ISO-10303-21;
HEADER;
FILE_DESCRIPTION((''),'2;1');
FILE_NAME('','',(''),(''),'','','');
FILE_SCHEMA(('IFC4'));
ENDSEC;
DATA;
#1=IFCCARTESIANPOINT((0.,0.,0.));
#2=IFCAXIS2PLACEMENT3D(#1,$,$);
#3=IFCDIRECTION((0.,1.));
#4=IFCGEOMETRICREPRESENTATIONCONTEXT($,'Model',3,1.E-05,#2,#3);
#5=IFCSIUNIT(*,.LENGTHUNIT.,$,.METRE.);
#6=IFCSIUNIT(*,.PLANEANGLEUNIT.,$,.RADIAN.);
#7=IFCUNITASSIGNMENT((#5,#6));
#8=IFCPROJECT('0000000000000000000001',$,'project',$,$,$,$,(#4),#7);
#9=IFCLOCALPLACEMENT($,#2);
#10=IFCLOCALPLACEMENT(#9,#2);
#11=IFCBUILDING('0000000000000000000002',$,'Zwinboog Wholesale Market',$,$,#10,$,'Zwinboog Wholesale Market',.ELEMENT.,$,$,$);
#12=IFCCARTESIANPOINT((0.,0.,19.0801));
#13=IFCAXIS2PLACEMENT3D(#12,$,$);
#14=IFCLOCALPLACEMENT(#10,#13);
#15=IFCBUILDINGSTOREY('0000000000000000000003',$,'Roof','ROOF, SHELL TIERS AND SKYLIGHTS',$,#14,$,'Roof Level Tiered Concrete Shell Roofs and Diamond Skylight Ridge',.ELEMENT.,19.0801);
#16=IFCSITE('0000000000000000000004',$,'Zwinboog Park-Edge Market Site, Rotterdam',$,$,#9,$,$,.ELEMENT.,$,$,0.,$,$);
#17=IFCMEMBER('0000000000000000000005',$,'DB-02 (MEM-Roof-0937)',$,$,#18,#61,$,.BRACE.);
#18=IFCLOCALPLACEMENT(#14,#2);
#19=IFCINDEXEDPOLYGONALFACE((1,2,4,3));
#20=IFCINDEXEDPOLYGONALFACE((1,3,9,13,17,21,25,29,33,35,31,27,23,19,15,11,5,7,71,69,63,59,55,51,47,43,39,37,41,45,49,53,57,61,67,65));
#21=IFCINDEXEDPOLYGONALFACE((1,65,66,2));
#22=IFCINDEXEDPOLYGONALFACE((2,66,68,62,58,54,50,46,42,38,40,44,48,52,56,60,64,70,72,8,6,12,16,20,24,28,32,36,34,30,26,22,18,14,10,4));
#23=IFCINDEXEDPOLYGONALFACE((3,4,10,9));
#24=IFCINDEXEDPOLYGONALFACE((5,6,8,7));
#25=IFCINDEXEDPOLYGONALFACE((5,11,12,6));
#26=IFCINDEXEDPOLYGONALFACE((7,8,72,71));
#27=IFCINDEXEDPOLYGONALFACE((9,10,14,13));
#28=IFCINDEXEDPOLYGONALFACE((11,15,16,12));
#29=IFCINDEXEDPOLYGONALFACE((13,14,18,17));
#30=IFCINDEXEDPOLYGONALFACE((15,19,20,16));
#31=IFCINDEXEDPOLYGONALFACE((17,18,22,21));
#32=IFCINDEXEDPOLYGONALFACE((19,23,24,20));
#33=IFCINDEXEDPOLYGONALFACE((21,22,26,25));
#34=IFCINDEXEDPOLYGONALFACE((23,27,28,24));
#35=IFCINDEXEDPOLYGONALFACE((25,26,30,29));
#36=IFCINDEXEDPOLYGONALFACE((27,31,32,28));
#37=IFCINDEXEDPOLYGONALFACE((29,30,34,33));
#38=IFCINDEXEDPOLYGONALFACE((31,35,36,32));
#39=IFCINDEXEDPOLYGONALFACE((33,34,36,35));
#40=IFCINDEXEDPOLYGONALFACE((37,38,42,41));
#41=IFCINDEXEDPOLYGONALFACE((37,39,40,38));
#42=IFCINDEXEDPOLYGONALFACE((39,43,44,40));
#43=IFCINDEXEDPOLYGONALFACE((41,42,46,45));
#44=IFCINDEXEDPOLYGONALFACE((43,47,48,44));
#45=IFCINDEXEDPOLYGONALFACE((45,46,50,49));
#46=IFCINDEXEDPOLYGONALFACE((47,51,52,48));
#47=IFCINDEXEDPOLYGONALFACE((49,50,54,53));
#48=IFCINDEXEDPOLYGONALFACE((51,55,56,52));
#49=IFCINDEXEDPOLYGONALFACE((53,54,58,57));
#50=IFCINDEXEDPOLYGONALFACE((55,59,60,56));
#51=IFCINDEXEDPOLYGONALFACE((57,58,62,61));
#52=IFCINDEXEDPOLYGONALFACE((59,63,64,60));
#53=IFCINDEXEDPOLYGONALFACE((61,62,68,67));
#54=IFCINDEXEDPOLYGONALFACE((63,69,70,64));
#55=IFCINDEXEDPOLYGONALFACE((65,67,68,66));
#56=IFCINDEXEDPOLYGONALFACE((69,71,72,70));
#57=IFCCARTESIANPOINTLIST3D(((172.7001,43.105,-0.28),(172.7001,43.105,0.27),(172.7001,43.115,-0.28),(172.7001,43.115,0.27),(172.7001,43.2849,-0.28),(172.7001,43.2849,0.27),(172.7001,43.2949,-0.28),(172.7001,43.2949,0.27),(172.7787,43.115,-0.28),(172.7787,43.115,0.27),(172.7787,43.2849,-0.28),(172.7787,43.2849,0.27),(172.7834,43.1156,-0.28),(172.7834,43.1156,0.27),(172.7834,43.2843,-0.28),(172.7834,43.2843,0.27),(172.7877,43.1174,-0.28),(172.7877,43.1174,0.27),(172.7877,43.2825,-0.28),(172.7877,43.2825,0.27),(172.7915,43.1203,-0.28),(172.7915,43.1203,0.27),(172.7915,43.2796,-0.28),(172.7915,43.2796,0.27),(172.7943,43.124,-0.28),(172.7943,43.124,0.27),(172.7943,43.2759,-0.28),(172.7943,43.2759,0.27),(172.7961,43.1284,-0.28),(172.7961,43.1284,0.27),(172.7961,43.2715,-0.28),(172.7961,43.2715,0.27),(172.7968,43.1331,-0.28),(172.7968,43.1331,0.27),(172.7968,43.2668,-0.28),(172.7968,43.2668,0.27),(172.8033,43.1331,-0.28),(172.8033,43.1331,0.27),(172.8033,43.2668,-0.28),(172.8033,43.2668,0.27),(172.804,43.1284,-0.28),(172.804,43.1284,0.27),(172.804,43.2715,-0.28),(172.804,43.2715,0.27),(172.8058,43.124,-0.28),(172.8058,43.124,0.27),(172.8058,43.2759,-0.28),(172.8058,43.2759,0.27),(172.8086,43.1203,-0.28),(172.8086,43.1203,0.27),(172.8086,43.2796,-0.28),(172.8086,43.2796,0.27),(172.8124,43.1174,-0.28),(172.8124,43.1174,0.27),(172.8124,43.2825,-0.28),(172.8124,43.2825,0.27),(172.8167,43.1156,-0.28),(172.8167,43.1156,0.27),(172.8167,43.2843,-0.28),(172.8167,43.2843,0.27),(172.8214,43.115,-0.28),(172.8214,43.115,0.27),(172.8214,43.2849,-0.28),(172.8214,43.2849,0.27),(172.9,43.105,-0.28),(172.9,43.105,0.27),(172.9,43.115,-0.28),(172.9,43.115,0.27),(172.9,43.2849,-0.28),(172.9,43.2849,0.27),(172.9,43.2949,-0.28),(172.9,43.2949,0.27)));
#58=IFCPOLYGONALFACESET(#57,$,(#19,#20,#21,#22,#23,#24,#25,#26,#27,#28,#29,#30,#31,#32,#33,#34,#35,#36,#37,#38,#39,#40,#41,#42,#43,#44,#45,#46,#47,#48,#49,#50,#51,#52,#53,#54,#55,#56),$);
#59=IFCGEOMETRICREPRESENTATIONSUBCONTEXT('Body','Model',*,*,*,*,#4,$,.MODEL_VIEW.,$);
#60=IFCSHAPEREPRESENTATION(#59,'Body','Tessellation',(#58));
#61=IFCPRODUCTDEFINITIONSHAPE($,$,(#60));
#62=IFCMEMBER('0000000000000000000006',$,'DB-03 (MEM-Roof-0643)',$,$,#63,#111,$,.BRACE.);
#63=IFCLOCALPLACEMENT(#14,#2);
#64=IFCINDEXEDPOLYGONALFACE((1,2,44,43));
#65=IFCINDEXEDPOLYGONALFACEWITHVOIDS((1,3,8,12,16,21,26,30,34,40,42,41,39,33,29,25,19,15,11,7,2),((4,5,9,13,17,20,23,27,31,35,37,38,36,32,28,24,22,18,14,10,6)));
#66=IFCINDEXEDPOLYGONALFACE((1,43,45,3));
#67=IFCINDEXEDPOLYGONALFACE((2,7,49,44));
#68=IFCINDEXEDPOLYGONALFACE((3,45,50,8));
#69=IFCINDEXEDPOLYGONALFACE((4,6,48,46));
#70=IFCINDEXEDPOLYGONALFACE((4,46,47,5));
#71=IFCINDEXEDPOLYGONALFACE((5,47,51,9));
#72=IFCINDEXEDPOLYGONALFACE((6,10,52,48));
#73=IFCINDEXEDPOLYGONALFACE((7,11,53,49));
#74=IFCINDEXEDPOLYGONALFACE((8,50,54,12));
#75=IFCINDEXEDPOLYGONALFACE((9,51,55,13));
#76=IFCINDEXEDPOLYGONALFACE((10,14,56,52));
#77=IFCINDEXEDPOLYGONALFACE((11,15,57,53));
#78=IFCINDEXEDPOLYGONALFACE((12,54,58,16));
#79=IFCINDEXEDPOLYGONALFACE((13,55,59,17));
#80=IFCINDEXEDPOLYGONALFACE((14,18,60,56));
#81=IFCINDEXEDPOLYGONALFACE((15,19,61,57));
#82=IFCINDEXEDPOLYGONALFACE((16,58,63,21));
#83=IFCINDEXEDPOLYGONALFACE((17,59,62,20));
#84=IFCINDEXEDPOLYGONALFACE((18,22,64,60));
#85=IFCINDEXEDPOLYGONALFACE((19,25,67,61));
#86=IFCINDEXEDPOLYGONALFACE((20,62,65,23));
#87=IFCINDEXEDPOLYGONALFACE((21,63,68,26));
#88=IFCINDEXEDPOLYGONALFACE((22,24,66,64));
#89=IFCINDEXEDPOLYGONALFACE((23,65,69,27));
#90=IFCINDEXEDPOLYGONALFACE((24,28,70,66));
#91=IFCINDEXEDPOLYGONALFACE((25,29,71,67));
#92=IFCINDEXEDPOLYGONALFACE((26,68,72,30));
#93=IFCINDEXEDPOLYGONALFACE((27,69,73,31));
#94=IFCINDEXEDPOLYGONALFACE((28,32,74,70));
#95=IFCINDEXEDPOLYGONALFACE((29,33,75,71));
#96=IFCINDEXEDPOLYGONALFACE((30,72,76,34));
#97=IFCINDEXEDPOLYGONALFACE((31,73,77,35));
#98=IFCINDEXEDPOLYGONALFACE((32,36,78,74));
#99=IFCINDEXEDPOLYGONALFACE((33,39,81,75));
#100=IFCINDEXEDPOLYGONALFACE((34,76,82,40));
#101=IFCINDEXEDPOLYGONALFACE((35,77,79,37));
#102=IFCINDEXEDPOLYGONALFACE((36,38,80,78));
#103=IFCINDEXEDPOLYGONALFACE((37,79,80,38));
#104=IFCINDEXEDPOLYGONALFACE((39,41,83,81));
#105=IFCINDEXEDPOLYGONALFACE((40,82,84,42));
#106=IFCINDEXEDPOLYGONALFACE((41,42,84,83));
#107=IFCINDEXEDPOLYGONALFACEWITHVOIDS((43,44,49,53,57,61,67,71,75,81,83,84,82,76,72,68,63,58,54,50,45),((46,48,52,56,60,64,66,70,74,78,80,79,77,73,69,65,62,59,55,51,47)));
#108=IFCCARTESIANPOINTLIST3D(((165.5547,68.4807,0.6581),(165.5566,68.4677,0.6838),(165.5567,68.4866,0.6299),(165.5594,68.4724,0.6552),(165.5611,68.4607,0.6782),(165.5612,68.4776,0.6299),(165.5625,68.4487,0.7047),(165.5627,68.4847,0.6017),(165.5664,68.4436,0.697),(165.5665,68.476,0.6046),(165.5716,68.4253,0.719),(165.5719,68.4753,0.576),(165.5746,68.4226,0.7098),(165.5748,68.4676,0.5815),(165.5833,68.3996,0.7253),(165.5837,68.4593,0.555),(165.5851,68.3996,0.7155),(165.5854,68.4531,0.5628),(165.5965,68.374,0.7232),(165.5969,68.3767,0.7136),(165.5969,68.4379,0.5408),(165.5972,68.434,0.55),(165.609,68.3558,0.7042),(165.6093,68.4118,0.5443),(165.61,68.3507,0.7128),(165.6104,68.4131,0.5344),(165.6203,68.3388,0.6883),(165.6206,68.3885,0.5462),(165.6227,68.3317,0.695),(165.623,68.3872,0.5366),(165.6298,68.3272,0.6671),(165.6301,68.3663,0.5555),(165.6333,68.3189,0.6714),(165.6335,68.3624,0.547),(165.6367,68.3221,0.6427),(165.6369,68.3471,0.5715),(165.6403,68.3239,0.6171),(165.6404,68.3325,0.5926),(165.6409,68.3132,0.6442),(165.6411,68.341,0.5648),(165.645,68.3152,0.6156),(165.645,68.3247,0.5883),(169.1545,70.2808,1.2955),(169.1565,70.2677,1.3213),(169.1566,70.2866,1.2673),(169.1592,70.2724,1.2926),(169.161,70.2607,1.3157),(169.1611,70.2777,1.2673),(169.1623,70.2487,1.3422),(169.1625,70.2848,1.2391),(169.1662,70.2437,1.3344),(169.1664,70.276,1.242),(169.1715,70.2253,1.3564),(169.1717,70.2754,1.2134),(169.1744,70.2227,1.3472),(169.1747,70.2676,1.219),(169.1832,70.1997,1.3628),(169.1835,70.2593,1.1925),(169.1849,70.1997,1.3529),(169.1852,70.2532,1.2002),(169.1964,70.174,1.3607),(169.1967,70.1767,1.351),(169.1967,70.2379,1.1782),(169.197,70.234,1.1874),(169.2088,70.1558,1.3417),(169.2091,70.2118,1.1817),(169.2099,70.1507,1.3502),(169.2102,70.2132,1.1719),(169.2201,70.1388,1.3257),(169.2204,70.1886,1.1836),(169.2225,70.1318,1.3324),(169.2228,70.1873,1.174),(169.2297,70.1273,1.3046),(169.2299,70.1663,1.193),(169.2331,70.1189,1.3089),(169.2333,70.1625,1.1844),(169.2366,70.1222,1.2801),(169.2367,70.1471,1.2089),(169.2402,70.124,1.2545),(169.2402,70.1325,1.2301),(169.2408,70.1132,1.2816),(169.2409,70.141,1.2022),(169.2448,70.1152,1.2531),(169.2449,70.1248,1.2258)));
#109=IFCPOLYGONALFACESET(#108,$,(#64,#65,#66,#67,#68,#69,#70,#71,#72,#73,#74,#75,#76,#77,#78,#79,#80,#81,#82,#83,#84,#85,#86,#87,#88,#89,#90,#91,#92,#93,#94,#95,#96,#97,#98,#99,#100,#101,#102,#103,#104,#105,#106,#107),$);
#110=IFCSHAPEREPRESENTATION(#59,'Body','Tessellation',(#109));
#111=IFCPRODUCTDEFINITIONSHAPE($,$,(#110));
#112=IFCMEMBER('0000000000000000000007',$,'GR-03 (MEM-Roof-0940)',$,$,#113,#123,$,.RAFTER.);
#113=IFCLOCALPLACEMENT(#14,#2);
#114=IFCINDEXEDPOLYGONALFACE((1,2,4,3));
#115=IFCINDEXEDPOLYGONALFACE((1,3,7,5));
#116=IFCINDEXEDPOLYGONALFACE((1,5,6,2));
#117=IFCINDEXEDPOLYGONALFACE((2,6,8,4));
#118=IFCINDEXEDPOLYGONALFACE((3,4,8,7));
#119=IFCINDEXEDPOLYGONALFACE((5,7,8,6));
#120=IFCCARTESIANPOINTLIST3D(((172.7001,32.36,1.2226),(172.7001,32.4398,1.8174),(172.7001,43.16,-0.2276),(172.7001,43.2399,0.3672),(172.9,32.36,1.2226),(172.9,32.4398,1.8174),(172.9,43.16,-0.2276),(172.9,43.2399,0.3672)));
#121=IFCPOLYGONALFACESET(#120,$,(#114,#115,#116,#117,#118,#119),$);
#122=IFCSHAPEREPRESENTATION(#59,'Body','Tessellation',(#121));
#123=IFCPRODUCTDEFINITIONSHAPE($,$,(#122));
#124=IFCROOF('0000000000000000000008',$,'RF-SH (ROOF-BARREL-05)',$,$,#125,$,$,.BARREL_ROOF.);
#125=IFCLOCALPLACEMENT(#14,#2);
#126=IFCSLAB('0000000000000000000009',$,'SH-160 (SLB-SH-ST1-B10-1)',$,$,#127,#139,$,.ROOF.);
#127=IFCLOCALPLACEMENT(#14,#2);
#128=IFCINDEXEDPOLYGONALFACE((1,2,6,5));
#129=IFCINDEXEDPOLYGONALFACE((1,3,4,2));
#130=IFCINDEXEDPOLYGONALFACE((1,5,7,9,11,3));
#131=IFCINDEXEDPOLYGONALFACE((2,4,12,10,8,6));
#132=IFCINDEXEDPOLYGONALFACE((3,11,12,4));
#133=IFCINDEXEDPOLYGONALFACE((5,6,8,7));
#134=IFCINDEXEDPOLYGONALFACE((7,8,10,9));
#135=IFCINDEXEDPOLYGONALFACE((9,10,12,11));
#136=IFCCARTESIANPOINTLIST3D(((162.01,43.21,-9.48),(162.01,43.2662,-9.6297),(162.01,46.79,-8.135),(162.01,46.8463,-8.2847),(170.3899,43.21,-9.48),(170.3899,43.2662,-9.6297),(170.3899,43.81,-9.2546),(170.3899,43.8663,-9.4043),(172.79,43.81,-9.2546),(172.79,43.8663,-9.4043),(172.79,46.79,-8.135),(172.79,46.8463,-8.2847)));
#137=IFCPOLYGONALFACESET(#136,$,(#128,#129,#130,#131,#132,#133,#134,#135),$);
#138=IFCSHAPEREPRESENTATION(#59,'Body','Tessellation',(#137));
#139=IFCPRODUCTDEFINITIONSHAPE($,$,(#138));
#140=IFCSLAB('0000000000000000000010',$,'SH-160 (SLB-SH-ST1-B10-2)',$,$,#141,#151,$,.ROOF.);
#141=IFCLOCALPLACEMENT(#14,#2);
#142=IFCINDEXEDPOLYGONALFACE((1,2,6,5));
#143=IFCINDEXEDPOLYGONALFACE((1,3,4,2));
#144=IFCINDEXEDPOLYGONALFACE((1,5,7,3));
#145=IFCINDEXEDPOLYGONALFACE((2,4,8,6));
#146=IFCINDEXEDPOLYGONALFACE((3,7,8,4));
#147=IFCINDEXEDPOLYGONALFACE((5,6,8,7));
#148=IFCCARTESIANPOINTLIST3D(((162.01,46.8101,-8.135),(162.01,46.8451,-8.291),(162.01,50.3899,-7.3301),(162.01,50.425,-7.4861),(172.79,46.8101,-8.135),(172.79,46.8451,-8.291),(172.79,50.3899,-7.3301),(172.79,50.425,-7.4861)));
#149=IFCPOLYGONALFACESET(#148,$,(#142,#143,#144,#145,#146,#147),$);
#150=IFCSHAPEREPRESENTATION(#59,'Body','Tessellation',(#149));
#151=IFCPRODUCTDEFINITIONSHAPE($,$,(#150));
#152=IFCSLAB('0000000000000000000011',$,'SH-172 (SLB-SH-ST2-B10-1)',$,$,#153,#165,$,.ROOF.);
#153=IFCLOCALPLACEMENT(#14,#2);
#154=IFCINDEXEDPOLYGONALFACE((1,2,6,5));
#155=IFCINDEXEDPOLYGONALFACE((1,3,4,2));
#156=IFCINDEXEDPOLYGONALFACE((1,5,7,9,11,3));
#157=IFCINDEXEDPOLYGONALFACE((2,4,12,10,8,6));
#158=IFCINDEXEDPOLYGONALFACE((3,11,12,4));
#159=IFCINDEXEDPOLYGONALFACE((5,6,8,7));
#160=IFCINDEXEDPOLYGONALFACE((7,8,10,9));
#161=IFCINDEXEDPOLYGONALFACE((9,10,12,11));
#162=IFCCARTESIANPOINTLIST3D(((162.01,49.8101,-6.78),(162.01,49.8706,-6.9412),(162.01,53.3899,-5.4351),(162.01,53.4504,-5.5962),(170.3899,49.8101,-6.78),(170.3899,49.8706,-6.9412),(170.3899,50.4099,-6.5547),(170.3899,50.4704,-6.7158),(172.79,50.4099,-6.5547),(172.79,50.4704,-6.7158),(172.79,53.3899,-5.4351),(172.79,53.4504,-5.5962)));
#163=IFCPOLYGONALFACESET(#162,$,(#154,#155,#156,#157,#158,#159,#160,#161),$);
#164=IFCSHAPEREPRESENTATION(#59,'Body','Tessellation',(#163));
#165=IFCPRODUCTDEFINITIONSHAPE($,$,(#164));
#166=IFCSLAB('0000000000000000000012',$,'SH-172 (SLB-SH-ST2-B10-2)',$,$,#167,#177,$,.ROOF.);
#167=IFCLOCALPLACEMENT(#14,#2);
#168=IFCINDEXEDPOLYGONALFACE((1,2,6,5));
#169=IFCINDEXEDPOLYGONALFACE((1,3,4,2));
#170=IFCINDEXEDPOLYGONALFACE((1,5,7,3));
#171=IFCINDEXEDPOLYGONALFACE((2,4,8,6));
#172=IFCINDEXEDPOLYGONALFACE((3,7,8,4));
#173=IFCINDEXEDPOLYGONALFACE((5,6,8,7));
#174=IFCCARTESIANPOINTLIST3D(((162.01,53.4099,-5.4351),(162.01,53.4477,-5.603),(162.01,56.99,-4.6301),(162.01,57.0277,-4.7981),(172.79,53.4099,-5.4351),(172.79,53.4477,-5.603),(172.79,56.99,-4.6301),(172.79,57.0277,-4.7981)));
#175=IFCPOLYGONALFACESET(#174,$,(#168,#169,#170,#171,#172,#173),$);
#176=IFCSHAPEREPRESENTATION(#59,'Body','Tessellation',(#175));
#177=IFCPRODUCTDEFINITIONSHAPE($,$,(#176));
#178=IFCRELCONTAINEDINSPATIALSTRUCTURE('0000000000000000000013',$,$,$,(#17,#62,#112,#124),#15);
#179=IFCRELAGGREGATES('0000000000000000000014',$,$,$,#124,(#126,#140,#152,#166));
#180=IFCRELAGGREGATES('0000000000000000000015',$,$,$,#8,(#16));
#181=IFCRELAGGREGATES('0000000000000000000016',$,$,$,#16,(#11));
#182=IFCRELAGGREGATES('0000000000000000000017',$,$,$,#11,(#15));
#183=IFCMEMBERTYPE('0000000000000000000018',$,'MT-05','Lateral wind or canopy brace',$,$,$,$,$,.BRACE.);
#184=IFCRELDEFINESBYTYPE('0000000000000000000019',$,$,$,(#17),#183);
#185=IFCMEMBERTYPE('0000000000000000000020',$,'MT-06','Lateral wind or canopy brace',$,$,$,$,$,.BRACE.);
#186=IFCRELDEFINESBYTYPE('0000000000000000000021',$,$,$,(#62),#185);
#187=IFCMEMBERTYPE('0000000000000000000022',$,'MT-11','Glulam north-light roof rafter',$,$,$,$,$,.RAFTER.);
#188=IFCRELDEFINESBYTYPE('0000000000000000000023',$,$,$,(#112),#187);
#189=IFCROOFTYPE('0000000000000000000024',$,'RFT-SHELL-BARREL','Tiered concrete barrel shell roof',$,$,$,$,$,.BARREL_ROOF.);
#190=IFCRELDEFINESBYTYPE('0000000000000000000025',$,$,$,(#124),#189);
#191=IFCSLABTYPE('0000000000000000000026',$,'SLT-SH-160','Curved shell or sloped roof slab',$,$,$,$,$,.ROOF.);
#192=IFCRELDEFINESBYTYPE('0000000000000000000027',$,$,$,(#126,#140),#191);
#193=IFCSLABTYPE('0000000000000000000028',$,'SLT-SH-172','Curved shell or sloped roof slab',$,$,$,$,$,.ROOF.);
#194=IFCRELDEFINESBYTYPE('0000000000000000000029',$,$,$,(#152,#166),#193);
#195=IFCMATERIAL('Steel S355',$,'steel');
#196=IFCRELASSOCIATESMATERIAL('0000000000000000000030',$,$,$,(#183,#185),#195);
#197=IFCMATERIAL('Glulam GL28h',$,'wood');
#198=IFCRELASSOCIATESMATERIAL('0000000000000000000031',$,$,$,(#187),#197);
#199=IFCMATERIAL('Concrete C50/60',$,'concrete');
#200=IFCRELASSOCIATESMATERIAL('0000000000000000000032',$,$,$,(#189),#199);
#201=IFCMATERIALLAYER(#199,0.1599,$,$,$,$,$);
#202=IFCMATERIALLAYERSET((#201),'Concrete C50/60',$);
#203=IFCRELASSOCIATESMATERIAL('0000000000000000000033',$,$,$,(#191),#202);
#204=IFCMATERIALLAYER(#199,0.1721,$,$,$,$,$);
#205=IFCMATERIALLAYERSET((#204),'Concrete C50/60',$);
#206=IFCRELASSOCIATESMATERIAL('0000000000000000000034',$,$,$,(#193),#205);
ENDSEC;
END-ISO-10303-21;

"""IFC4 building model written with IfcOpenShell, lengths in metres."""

from ifc_helpers import new_model, si_unit, direction, frame, origin, origin_2d, place, context, subcontext, project, spatial, polyline, rectangle, hollow_circle, i_section, outline, extrude, material, layer, layer_set, material_profile, profile_set, type_object, element, aggregate, save


model = new_model("IFC4")

# Units and contexts
model_context = context("Model", 3, precision=1e-05, world=origin(), true_north=direction((0.0, 1.0)))
body_context = subcontext(model_context, "Body", "Model", "MODEL_VIEW")
ifc_project = project(units=[si_unit("LENGTHUNIT", "METRE"), si_unit("PLANEANGLEUNIT", "RADIAN")], contexts=[model_context])

# Site, building, storey
site_placement = place(None, origin())
site = spatial("IfcSite", under=ifc_project, at=site_placement, Name="Zwinboog Park-Edge Market Site, Rotterdam", CompositionType="ELEMENT", RefElevation=0.0)
building_placement = place(site_placement, origin())
building = spatial("IfcBuilding", under=site, at=building_placement, Name="Zwinboog Wholesale Market", LongName="Zwinboog Wholesale Market", CompositionType="ELEMENT")
storey_placement = place(building_placement, frame((0.0, 0.0, 19.0801)))
storey = spatial("IfcBuildingStorey", under=building, at=storey_placement, Name="Roof", Description="ROOF, SHELL TIERS AND SKYLIGHTS", LongName="Roof Level Tiered Concrete Shell Roofs and Diamond Skylight Ridge", CompositionType="ELEMENT", Elevation=19.0801)

# Members
ifc_material_1 = material(Name="Steel S355", Category="steel")
ifc_material_profile_1 = material_profile(ifc_material_1, i_section(OverallWidth=0.2, OverallDepth=0.1899, WebThickness=0.0066, FlangeThickness=0.01, FilletRadius=0.0181, at=origin_2d()), Name="HEA 200")
ifc_profile_set_1 = profile_set([ifc_material_profile_1], Name="Steel S355")
member_type_1 = type_object("IfcMemberType", Name="MT-05", Description="Lateral wind or canopy brace", PredefinedType="BRACE", material=ifc_profile_set_1)
member_1_placement = place(storey_placement, frame((172.8, 43.2, -0.28), z_axis=(0.0, 0.0, 1.0), x_axis=(1.0, 0.0, 0.0)))
element("IfcMember", 1, at=member_1_placement, inside=storey, type_object=member_type_1, Name="DB-02 (MEM-Roof-0937)", PredefinedType="BRACE", context=body_context, shape_type="SweptSolid", body=[
    extrude(i_section(OverallWidth=0.2, OverallDepth=0.1899, WebThickness=0.0066, FlangeThickness=0.01, FilletRadius=0.0181, at=origin_2d()), origin(), (0.0, 0.0, 1.0), 0.55),
])
ifc_material_profile_2 = material_profile(ifc_material_1, hollow_circle(Radius=0.0969, WallThickness=0.01, at=origin_2d()), Name="CHS 193.7x10")
ifc_profile_set_2 = profile_set([ifc_material_profile_2], Name="Steel S355")
member_type_2 = type_object("IfcMemberType", Name="MT-06", Description="Lateral wind or canopy brace", PredefinedType="BRACE", material=ifc_profile_set_2)
member_2_placement = place(storey_placement, frame((165.6001, 68.3999, 0.6299), z_axis=(0.883404, 0.441732, 0.15643), x_axis=(-0.447238, 0.894415, 0.0)))
element("IfcMember", 2, at=member_2_placement, inside=storey, type_object=member_type_2, Name="DB-03 (MEM-Roof-0643)", PredefinedType="BRACE", context=body_context, shape_type="SweptSolid", body=[
    extrude(hollow_circle(Radius=0.0969, WallThickness=0.01, at=origin_2d()), origin(), (0.0, 0.0, 1.0), 4.075),
])
ifc_material_2 = material(Name="Glulam GL28h", Category="wood")
ifc_material_profile_3 = material_profile(ifc_material_2, rectangle(XDim=0.2, YDim=0.6001, at=origin_2d()), Name="GL28h 200x600")
ifc_profile_set_3 = profile_set([ifc_material_profile_3], Name="Glulam GL28h")
member_type_3 = type_object("IfcMemberType", Name="MT-11", Description="Glulam north-light roof rafter", PredefinedType="RAFTER", material=ifc_profile_set_3)
member_3_placement = place(storey_placement, frame((172.8, 32.3999, 1.52), z_axis=(0.0, 0.991105, -0.133082), x_axis=(-1.0, 0.0, 0.0)))
element("IfcMember", 3, at=member_3_placement, inside=storey, type_object=member_type_3, Name="GR-03 (MEM-Roof-0940)", PredefinedType="RAFTER", context=body_context, shape_type="SweptSolid", body=[
    extrude(rectangle(XDim=0.2, YDim=0.6001, at=origin_2d()), origin(), (0.0, 0.0, 1.0), 10.897),
])

# Roof, slabs
ifc_material_3 = material(Name="Concrete C50/60", Category="concrete")
roof_type = type_object("IfcRoofType", Name="RFT-SHELL-BARREL", Description="Tiered concrete barrel shell roof", PredefinedType="BARREL_ROOF", material=ifc_material_3)
roof_placement = place(storey_placement, origin())
roof = element("IfcRoof", 4, at=roof_placement, inside=storey, type_object=roof_type, Name="RF-SH (ROOF-BARREL-05)", PredefinedType="BARREL_ROOF")
ifc_layer_1 = layer(ifc_material_3, 0.1599)
ifc_layer_set_1 = layer_set([ifc_layer_1], Name="Concrete C50/60")
slab_type_1 = type_object("IfcSlabType", Name="SLT-SH-160", Description="Curved shell or sloped roof slab", PredefinedType="ROOF", material=ifc_layer_set_1)
slab_1_placement = place(storey_placement, frame((162.01, 43.21, -9.48), z_axis=(0.000005, -0.351689, 0.936117), x_axis=(1.0, 0.000002, -0.000004)))
slab_1 = element("IfcSlab", 5, at=slab_1_placement, type_object=slab_type_1, Name="SH-160 (SLB-SH-ST1-B10-1)", PredefinedType="ROOF", context=body_context, shape_type="SweptSolid", body=[
    extrude(outline(polyline([(0.0, 0.0), (8.3799, 0.0), (8.3799, 0.641), (10.78, 0.641), (10.78, 3.8244), (0.0, 3.8244), (0.0, 0.0)])), origin(), (0.0, 0.0, -1.0), 0.1599),
])
slab_2_placement = place(storey_placement, frame((162.01, 46.8101, -8.135), z_axis=(0.0, -0.219374, 0.975641), x_axis=(1.0, 0.0, 0.0)))
slab_2 = element("IfcSlab", 6, at=slab_2_placement, type_object=slab_type_1, Name="SH-160 (SLB-SH-ST1-B10-2)", PredefinedType="ROOF", context=body_context, shape_type="SweptSolid", body=[
    extrude(outline(polyline([(0.0, 0.0), (10.78, 0.0), (10.78, 3.6692), (0.0, 3.6692), (0.0, 0.0)])), origin(), (0.0, 0.0, -1.0), 0.1599),
])
ifc_layer_2 = layer(ifc_material_3, 0.1721)
ifc_layer_set_2 = layer_set([ifc_layer_2], Name="Concrete C50/60")
slab_type_2 = type_object("IfcSlabType", Name="SLT-SH-172", Description="Curved shell or sloped roof slab", PredefinedType="ROOF", material=ifc_layer_set_2)
slab_3_placement = place(storey_placement, frame((162.01, 49.8101, -6.78), z_axis=(0.000001, -0.351706, 0.936111), x_axis=(1.0, 0.0, -0.000001)))
slab_3 = element("IfcSlab", 7, at=slab_3_placement, type_object=slab_type_2, Name="SH-172 (SLB-SH-ST2-B10-1)", PredefinedType="ROOF", context=body_context, shape_type="SweptSolid", body=[
    extrude(outline(polyline([(0.0, 0.0), (8.3799, 0.0), (8.3799, 0.6408), (10.78, 0.6408), (10.78, 3.8242), (0.0, 3.8242), (0.0, 0.0)])), origin(), (0.0, 0.0, -1.0), 0.1721),
])
slab_4_placement = place(storey_placement, frame((162.01, 53.4099, -5.4351), z_axis=(0.0, -0.21936, 0.975644), x_axis=(1.0, 0.0, 0.0)))
slab_4 = element("IfcSlab", 8, at=slab_4_placement, type_object=slab_type_2, Name="SH-172 (SLB-SH-ST2-B10-2)", PredefinedType="ROOF", context=body_context, shape_type="SweptSolid", body=[
    extrude(outline(polyline([(0.0, 0.0), (10.78, 0.0), (10.78, 3.6695), (0.0, 3.6695), (0.0, 0.0)])), origin(), (0.0, 0.0, -1.0), 0.1721),
])
aggregate(roof, [slab_1, slab_2, slab_3, slab_4])

save(model, "model.ifc")
